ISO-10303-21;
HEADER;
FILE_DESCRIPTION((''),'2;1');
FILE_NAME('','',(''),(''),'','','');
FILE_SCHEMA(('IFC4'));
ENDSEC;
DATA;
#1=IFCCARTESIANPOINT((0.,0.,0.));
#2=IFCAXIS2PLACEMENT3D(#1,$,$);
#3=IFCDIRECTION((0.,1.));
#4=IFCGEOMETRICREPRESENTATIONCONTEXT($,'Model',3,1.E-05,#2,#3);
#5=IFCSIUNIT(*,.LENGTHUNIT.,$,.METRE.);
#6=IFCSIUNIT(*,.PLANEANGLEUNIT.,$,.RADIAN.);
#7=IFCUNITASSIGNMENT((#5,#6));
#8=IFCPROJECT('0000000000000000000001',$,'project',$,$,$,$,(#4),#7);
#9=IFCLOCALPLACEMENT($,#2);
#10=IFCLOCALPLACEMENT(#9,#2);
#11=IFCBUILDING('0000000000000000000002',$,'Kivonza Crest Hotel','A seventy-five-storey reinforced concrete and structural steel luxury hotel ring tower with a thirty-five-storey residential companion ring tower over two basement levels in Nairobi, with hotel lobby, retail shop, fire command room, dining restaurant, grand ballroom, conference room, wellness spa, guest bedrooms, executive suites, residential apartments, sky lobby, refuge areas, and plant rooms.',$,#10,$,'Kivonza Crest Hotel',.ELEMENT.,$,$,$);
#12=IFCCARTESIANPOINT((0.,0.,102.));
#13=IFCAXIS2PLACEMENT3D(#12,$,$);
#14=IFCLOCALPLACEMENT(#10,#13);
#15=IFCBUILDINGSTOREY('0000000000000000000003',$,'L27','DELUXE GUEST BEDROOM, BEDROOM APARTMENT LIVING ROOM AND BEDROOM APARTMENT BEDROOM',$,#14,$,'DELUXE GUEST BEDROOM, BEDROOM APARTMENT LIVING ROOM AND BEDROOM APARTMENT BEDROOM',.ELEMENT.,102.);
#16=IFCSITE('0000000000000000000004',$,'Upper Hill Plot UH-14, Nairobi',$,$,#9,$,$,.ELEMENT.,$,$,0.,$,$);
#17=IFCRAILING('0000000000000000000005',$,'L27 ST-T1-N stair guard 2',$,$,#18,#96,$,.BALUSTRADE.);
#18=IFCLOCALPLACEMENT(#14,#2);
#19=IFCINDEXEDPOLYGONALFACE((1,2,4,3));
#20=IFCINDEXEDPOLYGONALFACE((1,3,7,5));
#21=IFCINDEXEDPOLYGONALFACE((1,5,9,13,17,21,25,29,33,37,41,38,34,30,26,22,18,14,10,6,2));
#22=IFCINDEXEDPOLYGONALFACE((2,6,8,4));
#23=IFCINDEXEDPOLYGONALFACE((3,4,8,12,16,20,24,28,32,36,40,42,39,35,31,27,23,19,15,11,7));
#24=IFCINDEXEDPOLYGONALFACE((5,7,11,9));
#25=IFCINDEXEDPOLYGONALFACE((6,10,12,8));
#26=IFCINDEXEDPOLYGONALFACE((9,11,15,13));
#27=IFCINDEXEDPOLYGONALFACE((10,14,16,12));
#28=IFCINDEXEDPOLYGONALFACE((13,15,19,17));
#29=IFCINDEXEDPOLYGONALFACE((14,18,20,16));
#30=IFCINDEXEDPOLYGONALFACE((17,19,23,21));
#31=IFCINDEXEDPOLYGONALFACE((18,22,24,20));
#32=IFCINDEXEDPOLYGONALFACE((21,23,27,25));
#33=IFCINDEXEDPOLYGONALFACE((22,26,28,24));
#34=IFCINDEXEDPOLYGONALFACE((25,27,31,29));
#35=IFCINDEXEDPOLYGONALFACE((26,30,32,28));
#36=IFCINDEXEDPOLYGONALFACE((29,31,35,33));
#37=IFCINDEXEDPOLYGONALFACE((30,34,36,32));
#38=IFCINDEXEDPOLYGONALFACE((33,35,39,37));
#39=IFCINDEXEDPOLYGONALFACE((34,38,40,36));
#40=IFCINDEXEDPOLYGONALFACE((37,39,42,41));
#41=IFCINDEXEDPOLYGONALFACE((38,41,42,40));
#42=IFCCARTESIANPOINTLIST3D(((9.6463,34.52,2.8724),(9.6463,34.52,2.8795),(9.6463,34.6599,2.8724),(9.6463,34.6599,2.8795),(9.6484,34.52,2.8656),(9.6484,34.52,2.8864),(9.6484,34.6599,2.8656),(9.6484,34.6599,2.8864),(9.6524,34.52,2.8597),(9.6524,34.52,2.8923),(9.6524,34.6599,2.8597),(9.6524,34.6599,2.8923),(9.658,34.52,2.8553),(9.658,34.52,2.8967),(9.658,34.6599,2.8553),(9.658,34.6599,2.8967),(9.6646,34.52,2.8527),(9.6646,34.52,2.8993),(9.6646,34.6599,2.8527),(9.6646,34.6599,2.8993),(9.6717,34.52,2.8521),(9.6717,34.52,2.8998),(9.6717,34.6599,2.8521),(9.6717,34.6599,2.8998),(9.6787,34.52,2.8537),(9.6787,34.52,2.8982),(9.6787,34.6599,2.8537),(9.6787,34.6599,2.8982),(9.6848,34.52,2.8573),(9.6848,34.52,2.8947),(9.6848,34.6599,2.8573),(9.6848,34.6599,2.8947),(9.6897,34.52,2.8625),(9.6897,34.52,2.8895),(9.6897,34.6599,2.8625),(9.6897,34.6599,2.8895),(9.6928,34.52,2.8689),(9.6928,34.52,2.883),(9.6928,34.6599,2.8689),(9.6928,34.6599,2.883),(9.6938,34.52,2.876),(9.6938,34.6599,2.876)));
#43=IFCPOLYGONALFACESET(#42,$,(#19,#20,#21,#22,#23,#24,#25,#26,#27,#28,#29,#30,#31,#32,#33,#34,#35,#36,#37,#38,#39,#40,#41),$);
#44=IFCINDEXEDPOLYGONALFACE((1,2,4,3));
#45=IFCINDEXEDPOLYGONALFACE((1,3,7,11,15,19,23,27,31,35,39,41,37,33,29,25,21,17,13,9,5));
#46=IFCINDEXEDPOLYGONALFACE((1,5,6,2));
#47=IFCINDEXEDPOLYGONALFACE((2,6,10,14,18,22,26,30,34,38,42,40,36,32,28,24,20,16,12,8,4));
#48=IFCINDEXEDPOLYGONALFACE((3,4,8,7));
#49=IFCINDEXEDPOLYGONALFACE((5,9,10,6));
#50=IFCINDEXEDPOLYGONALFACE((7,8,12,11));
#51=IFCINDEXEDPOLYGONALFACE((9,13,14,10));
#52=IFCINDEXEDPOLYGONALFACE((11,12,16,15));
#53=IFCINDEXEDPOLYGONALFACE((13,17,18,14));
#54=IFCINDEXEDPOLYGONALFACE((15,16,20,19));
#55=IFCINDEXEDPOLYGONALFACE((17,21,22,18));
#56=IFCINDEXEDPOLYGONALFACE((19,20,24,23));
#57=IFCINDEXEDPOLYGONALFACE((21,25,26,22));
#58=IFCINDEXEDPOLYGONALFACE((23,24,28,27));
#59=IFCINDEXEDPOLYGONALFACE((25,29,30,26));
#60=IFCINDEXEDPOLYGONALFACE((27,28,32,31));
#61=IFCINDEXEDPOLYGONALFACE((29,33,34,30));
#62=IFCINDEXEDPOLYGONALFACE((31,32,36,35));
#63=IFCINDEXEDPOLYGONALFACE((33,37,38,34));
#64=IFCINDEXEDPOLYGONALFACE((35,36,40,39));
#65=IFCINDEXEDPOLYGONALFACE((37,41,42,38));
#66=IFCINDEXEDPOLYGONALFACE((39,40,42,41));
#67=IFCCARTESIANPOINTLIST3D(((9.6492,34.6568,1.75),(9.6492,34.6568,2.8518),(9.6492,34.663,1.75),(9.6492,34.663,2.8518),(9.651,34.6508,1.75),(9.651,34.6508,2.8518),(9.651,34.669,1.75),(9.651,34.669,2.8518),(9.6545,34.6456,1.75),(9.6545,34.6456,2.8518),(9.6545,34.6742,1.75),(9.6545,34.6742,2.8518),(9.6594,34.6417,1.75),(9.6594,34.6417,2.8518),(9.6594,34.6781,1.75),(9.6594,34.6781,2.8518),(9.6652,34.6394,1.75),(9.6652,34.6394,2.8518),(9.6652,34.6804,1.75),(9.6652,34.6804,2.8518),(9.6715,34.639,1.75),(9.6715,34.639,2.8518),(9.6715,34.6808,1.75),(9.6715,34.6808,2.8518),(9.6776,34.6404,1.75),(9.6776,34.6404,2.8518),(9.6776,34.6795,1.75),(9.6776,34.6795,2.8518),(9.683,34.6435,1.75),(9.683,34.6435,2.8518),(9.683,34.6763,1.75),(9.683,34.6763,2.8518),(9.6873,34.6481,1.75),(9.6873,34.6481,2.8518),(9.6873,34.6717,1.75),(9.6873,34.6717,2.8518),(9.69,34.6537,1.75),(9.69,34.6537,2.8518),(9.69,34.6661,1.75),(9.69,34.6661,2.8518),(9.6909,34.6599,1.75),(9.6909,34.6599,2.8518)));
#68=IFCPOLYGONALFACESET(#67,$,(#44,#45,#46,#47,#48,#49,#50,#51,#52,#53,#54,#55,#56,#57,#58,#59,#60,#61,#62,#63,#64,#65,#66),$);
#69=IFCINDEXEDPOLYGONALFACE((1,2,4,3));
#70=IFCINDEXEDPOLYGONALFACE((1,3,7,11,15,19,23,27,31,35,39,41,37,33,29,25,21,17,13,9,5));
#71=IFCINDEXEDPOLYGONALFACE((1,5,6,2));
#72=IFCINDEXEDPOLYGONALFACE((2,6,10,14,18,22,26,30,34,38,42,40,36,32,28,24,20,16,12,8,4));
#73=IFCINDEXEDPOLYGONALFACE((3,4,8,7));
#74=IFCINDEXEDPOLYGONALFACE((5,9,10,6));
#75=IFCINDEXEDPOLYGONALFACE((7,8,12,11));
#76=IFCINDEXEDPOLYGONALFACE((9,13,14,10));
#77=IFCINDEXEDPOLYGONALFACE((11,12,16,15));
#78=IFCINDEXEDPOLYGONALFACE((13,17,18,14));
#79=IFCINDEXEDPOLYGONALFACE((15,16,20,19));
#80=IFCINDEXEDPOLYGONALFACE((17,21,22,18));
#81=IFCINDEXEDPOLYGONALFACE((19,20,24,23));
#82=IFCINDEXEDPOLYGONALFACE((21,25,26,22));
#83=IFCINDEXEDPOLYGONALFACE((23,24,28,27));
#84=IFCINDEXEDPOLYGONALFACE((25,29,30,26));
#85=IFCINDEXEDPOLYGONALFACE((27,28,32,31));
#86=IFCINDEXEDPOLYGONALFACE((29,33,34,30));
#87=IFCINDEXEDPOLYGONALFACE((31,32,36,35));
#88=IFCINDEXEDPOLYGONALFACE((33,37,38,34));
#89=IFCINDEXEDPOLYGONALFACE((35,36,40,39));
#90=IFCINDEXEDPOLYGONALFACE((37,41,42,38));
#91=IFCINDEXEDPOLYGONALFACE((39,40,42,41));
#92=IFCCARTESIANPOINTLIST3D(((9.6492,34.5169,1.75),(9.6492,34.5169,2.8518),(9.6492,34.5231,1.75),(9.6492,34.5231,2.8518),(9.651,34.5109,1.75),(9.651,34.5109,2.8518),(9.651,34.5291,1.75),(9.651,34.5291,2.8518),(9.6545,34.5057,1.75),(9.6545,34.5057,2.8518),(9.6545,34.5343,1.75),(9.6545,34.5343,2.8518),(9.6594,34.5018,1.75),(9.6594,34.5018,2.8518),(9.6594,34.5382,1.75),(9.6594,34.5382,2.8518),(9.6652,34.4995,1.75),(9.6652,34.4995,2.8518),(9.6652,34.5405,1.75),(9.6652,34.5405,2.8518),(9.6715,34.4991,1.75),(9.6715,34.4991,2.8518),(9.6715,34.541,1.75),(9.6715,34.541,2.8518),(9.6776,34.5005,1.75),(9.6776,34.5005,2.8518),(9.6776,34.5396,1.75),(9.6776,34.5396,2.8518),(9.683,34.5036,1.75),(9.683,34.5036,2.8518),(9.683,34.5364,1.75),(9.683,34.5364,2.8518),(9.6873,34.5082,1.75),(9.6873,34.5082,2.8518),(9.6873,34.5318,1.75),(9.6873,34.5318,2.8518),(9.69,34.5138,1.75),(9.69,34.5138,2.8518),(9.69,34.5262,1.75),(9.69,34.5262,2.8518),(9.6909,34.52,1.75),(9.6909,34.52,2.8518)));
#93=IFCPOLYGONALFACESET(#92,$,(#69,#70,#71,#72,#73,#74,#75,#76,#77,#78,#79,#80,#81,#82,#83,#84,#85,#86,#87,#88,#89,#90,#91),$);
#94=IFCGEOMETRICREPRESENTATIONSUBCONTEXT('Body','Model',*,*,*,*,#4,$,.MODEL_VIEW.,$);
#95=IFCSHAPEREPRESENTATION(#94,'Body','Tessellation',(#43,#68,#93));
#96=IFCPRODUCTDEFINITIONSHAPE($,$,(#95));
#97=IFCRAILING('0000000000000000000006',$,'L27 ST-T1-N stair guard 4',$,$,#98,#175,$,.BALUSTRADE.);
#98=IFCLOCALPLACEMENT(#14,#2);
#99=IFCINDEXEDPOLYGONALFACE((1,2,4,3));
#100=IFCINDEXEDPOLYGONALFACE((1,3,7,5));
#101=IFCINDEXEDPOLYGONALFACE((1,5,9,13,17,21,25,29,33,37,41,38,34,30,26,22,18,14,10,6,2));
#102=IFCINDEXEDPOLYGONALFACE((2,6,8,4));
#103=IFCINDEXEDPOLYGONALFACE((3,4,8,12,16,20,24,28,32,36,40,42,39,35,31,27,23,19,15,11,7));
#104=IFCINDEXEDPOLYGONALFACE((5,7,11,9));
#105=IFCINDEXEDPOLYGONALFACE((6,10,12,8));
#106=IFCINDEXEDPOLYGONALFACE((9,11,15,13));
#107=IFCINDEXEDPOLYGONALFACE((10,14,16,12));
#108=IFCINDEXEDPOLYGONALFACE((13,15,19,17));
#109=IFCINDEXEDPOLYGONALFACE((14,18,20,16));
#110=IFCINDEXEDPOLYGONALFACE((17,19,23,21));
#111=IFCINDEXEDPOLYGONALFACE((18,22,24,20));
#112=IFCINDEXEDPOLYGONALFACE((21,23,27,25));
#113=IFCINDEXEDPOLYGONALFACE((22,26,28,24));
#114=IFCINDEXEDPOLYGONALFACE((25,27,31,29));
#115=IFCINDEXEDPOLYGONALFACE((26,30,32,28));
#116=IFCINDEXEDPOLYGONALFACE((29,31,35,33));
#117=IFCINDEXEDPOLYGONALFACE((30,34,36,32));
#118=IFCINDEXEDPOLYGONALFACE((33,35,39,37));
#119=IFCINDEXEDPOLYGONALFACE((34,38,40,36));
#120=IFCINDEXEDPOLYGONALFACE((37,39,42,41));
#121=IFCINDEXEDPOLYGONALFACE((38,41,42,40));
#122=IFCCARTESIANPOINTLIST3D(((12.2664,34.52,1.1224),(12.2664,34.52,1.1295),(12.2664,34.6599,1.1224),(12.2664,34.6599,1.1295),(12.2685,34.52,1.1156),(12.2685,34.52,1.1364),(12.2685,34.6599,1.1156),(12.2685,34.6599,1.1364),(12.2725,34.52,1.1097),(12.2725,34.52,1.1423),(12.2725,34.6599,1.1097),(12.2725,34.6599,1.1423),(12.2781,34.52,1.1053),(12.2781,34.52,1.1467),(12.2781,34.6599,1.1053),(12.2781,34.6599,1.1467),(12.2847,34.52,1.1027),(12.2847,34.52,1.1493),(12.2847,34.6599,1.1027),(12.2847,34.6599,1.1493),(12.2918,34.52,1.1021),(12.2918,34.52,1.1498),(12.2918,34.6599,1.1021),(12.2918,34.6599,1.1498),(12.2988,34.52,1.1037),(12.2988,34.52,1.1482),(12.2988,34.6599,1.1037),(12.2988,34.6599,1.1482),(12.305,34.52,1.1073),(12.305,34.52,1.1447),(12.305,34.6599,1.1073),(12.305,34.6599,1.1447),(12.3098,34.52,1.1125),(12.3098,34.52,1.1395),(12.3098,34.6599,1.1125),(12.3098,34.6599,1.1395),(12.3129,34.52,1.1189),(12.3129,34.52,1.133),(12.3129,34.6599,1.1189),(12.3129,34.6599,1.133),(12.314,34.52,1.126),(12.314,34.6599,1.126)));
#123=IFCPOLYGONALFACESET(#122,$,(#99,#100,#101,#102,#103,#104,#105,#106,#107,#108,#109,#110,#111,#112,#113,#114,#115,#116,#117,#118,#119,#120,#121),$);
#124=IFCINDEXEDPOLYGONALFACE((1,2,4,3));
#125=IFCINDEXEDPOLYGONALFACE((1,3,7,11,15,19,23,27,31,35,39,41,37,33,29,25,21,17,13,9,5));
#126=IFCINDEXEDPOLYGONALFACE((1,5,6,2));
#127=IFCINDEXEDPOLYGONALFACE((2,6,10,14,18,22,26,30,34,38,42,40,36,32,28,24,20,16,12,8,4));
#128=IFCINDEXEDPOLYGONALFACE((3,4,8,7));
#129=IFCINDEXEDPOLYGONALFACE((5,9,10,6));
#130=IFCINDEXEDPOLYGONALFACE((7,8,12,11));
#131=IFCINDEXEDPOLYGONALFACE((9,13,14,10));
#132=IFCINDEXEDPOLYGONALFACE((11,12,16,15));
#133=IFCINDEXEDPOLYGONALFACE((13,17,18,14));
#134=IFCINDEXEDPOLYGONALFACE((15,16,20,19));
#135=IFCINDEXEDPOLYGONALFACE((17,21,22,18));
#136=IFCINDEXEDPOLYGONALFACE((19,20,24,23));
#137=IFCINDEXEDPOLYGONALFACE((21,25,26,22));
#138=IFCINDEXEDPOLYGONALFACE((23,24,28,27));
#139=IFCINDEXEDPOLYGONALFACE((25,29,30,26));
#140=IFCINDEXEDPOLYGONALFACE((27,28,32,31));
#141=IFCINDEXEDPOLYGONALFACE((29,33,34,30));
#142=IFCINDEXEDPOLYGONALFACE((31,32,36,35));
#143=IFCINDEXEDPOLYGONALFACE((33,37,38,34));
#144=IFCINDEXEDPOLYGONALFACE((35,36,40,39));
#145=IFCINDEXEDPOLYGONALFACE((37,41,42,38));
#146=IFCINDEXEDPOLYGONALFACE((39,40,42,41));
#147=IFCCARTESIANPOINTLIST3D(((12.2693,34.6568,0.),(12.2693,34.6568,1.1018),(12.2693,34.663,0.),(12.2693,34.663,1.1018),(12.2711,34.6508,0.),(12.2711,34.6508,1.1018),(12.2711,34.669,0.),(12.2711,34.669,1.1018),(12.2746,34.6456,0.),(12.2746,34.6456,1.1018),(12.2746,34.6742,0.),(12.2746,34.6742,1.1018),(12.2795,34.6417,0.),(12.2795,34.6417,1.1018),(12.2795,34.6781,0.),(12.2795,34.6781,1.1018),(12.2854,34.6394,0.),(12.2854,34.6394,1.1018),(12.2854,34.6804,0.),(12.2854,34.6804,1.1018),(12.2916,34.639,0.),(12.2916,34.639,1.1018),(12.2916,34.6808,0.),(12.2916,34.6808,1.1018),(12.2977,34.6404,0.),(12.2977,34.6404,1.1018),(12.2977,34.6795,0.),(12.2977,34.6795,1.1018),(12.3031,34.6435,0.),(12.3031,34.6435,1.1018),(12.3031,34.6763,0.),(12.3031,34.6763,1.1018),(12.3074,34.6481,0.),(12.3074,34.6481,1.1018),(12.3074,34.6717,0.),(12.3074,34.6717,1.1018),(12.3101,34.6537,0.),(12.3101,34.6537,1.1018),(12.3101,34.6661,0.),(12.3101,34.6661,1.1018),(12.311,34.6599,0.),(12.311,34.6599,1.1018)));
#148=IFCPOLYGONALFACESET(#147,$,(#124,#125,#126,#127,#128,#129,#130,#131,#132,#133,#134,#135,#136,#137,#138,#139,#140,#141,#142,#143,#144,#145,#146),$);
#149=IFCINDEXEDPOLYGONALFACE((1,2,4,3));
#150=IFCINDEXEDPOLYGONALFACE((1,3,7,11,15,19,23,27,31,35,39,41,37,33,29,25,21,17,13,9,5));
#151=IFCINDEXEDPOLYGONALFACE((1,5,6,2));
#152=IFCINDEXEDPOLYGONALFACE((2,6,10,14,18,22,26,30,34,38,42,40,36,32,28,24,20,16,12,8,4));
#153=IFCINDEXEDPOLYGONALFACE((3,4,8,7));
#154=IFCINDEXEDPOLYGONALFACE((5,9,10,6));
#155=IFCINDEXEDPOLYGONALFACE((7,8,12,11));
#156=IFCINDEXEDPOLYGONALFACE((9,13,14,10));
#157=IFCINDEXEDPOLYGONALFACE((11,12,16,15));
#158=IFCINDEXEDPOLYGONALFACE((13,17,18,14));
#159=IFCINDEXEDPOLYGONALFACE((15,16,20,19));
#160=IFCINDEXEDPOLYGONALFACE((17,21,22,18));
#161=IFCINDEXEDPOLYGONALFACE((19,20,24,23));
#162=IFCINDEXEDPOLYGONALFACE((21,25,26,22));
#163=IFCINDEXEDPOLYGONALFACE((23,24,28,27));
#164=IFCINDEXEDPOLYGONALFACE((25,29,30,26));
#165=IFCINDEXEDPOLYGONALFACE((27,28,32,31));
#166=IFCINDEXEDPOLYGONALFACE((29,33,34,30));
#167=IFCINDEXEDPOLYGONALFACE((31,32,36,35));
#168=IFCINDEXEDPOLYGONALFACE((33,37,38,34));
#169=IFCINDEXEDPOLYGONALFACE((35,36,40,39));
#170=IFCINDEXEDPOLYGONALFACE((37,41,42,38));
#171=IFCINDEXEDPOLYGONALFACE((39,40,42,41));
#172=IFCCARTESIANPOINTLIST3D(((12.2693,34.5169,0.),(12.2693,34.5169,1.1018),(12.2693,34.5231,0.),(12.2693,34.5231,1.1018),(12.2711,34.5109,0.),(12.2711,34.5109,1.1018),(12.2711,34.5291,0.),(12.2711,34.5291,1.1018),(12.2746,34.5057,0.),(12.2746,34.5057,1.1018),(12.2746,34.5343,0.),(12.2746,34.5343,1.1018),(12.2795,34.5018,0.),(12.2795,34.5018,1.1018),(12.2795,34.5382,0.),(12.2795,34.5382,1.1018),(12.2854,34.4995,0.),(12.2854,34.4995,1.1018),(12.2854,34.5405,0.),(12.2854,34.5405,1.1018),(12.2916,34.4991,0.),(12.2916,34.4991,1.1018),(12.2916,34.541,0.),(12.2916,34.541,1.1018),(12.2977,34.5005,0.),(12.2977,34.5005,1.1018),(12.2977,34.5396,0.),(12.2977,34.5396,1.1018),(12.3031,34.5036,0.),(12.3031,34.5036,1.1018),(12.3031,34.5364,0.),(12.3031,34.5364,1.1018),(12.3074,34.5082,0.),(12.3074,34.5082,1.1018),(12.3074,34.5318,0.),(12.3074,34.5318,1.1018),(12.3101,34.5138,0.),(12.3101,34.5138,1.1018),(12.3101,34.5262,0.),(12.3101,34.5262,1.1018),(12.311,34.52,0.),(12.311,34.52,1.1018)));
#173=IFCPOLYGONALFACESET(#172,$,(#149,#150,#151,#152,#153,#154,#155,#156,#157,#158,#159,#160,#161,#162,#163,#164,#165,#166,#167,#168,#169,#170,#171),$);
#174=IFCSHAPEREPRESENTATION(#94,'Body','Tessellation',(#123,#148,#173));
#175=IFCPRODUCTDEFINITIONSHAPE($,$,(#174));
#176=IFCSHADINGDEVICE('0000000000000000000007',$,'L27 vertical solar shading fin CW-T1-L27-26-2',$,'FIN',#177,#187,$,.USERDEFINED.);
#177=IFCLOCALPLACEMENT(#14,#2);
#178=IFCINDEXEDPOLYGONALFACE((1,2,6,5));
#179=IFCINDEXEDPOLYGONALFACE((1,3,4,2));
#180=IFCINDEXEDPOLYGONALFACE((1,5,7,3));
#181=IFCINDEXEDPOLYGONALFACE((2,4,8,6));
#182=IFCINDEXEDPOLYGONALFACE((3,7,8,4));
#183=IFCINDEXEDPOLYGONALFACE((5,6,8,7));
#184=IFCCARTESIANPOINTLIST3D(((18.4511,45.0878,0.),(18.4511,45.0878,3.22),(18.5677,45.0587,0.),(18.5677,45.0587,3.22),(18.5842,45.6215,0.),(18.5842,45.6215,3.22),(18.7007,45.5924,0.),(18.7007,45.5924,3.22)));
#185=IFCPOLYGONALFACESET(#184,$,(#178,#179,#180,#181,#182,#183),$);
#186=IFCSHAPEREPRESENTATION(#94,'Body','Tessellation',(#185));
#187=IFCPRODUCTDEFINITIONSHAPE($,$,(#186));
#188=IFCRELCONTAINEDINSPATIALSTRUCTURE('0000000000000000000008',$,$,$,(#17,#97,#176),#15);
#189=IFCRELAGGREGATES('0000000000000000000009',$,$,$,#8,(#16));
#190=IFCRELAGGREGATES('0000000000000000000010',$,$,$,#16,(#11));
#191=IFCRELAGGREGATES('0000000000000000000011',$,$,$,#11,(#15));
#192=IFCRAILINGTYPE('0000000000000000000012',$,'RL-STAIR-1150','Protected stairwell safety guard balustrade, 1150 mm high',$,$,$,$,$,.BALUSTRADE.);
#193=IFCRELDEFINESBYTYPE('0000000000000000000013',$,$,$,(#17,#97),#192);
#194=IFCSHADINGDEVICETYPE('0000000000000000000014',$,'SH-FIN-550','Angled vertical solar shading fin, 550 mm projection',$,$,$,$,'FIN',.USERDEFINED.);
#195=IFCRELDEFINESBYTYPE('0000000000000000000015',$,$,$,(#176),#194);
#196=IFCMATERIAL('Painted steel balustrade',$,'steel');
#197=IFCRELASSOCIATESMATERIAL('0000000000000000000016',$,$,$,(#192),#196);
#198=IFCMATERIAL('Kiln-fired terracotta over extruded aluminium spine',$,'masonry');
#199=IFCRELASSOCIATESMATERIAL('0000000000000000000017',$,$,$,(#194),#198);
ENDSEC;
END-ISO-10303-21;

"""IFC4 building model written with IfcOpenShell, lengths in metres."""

from ifc_helpers import new_model, si_unit, direction, frame, origin, origin_2d, place, context, subcontext, project, spatial, rectangle, circle, extrude, material, type_object, element, save


model = new_model("IFC4")

# Units and contexts
model_context = context("Model", 3, precision=1e-05, world=origin(), true_north=direction((0.0, 1.0)))
body_context = subcontext(model_context, "Body", "Model", "MODEL_VIEW")
ifc_project = project(units=[si_unit("LENGTHUNIT", "METRE"), si_unit("PLANEANGLEUNIT", "RADIAN")], contexts=[model_context])

# Site, building, storey
site_placement = place(None, origin())
site = spatial("IfcSite", under=ifc_project, at=site_placement, Name="Upper Hill Plot UH-14, Nairobi", CompositionType="ELEMENT", RefElevation=0.0)
building_placement = place(site_placement, origin())
building = spatial("IfcBuilding", under=site, at=building_placement, Name="Kivonza Crest Hotel", Description="A seventy-five-storey reinforced concrete and structural steel luxury hotel ring tower with a thirty-five-storey residential companion ring tower over two basement levels in Nairobi, with hotel lobby, retail shop, fire command room, dining restaurant, grand ballroom, conference room, wellness spa, guest bedrooms, executive suites, residential apartments, sky lobby, refuge areas, and plant rooms.", LongName="Kivonza Crest Hotel", CompositionType="ELEMENT")
storey_placement = place(building_placement, frame((0.0, 0.0, 102.0)))
storey = spatial("IfcBuildingStorey", under=building, at=storey_placement, Name="L27", Description="DELUXE GUEST BEDROOM, BEDROOM APARTMENT LIVING ROOM AND BEDROOM APARTMENT BEDROOM", LongName="DELUXE GUEST BEDROOM, BEDROOM APARTMENT LIVING ROOM AND BEDROOM APARTMENT BEDROOM", CompositionType="ELEMENT", Elevation=102.0)

# Railings
ifc_material_1 = material(Name="Painted steel balustrade", Category="steel")
railing_type_1 = type_object("IfcRailingType", Name="RL-STAIR-1150", Description="Protected stairwell safety guard balustrade, 1150 mm high", PredefinedType="BALUSTRADE", material=ifc_material_1)
for number, where, name in (
    (1, (9.6699, 34.6599, 1.75), "L27 ST-T1-N stair guard 2"),
    (2, (12.29, 34.6599, 0.0), "L27 ST-T1-N stair guard 4"),
):
    element("IfcRailing", number, at=place(storey_placement, frame(where)), inside=storey, type_object=railing_type_1, Name=name, PredefinedType="BALUSTRADE", context=body_context, shape_type="SweptSolid", body=[
        extrude(circle(Radius=0.0239, at=origin_2d()), frame((0.0, 0.0, 1.126), z_axis=(0.0, -1.0, 0.0), x_axis=(1.0, 0.0, 0.0)), (0.0, 0.0, 1.0), 0.1399),
        extrude(circle(Radius=0.021, at=origin_2d()), origin(), (0.0, 0.0, 1.0), 1.1018),
        extrude(circle(Radius=0.021, at=origin_2d()), frame((0.0, -0.1399, 0.0)), (0.0, 0.0, 1.0), 1.1018),
    ])

# Shading device
ifc_material_2 = material(Name="Kiln-fired terracotta over extruded aluminium spine", Category="masonry")
shading_device_type = type_object("IfcShadingDeviceType", Name="SH-FIN-550", Description="Angled vertical solar shading fin, 550 mm projection", ElementType="FIN", PredefinedType="USERDEFINED", material=ifc_material_2)
shading_device_placement = place(storey_placement, frame((18.5759, 45.3401, 0.0), z_axis=(0.0, 0.0, 1.0), x_axis=(-0.970296, 0.241922, 0.0)))
element("IfcShadingDevice", 3, at=shading_device_placement, inside=storey, type_object=shading_device_type, Name="L27 vertical solar shading fin CW-T1-L27-26-2", ObjectType="FIN", PredefinedType="USERDEFINED", context=body_context, shape_type="SweptSolid", body=[
    extrude(rectangle(XDim=0.1201, YDim=0.55, at=origin_2d()), origin(), (0.0, 0.0, 1.0), 3.22),
])

save(model, "model.ifc")
